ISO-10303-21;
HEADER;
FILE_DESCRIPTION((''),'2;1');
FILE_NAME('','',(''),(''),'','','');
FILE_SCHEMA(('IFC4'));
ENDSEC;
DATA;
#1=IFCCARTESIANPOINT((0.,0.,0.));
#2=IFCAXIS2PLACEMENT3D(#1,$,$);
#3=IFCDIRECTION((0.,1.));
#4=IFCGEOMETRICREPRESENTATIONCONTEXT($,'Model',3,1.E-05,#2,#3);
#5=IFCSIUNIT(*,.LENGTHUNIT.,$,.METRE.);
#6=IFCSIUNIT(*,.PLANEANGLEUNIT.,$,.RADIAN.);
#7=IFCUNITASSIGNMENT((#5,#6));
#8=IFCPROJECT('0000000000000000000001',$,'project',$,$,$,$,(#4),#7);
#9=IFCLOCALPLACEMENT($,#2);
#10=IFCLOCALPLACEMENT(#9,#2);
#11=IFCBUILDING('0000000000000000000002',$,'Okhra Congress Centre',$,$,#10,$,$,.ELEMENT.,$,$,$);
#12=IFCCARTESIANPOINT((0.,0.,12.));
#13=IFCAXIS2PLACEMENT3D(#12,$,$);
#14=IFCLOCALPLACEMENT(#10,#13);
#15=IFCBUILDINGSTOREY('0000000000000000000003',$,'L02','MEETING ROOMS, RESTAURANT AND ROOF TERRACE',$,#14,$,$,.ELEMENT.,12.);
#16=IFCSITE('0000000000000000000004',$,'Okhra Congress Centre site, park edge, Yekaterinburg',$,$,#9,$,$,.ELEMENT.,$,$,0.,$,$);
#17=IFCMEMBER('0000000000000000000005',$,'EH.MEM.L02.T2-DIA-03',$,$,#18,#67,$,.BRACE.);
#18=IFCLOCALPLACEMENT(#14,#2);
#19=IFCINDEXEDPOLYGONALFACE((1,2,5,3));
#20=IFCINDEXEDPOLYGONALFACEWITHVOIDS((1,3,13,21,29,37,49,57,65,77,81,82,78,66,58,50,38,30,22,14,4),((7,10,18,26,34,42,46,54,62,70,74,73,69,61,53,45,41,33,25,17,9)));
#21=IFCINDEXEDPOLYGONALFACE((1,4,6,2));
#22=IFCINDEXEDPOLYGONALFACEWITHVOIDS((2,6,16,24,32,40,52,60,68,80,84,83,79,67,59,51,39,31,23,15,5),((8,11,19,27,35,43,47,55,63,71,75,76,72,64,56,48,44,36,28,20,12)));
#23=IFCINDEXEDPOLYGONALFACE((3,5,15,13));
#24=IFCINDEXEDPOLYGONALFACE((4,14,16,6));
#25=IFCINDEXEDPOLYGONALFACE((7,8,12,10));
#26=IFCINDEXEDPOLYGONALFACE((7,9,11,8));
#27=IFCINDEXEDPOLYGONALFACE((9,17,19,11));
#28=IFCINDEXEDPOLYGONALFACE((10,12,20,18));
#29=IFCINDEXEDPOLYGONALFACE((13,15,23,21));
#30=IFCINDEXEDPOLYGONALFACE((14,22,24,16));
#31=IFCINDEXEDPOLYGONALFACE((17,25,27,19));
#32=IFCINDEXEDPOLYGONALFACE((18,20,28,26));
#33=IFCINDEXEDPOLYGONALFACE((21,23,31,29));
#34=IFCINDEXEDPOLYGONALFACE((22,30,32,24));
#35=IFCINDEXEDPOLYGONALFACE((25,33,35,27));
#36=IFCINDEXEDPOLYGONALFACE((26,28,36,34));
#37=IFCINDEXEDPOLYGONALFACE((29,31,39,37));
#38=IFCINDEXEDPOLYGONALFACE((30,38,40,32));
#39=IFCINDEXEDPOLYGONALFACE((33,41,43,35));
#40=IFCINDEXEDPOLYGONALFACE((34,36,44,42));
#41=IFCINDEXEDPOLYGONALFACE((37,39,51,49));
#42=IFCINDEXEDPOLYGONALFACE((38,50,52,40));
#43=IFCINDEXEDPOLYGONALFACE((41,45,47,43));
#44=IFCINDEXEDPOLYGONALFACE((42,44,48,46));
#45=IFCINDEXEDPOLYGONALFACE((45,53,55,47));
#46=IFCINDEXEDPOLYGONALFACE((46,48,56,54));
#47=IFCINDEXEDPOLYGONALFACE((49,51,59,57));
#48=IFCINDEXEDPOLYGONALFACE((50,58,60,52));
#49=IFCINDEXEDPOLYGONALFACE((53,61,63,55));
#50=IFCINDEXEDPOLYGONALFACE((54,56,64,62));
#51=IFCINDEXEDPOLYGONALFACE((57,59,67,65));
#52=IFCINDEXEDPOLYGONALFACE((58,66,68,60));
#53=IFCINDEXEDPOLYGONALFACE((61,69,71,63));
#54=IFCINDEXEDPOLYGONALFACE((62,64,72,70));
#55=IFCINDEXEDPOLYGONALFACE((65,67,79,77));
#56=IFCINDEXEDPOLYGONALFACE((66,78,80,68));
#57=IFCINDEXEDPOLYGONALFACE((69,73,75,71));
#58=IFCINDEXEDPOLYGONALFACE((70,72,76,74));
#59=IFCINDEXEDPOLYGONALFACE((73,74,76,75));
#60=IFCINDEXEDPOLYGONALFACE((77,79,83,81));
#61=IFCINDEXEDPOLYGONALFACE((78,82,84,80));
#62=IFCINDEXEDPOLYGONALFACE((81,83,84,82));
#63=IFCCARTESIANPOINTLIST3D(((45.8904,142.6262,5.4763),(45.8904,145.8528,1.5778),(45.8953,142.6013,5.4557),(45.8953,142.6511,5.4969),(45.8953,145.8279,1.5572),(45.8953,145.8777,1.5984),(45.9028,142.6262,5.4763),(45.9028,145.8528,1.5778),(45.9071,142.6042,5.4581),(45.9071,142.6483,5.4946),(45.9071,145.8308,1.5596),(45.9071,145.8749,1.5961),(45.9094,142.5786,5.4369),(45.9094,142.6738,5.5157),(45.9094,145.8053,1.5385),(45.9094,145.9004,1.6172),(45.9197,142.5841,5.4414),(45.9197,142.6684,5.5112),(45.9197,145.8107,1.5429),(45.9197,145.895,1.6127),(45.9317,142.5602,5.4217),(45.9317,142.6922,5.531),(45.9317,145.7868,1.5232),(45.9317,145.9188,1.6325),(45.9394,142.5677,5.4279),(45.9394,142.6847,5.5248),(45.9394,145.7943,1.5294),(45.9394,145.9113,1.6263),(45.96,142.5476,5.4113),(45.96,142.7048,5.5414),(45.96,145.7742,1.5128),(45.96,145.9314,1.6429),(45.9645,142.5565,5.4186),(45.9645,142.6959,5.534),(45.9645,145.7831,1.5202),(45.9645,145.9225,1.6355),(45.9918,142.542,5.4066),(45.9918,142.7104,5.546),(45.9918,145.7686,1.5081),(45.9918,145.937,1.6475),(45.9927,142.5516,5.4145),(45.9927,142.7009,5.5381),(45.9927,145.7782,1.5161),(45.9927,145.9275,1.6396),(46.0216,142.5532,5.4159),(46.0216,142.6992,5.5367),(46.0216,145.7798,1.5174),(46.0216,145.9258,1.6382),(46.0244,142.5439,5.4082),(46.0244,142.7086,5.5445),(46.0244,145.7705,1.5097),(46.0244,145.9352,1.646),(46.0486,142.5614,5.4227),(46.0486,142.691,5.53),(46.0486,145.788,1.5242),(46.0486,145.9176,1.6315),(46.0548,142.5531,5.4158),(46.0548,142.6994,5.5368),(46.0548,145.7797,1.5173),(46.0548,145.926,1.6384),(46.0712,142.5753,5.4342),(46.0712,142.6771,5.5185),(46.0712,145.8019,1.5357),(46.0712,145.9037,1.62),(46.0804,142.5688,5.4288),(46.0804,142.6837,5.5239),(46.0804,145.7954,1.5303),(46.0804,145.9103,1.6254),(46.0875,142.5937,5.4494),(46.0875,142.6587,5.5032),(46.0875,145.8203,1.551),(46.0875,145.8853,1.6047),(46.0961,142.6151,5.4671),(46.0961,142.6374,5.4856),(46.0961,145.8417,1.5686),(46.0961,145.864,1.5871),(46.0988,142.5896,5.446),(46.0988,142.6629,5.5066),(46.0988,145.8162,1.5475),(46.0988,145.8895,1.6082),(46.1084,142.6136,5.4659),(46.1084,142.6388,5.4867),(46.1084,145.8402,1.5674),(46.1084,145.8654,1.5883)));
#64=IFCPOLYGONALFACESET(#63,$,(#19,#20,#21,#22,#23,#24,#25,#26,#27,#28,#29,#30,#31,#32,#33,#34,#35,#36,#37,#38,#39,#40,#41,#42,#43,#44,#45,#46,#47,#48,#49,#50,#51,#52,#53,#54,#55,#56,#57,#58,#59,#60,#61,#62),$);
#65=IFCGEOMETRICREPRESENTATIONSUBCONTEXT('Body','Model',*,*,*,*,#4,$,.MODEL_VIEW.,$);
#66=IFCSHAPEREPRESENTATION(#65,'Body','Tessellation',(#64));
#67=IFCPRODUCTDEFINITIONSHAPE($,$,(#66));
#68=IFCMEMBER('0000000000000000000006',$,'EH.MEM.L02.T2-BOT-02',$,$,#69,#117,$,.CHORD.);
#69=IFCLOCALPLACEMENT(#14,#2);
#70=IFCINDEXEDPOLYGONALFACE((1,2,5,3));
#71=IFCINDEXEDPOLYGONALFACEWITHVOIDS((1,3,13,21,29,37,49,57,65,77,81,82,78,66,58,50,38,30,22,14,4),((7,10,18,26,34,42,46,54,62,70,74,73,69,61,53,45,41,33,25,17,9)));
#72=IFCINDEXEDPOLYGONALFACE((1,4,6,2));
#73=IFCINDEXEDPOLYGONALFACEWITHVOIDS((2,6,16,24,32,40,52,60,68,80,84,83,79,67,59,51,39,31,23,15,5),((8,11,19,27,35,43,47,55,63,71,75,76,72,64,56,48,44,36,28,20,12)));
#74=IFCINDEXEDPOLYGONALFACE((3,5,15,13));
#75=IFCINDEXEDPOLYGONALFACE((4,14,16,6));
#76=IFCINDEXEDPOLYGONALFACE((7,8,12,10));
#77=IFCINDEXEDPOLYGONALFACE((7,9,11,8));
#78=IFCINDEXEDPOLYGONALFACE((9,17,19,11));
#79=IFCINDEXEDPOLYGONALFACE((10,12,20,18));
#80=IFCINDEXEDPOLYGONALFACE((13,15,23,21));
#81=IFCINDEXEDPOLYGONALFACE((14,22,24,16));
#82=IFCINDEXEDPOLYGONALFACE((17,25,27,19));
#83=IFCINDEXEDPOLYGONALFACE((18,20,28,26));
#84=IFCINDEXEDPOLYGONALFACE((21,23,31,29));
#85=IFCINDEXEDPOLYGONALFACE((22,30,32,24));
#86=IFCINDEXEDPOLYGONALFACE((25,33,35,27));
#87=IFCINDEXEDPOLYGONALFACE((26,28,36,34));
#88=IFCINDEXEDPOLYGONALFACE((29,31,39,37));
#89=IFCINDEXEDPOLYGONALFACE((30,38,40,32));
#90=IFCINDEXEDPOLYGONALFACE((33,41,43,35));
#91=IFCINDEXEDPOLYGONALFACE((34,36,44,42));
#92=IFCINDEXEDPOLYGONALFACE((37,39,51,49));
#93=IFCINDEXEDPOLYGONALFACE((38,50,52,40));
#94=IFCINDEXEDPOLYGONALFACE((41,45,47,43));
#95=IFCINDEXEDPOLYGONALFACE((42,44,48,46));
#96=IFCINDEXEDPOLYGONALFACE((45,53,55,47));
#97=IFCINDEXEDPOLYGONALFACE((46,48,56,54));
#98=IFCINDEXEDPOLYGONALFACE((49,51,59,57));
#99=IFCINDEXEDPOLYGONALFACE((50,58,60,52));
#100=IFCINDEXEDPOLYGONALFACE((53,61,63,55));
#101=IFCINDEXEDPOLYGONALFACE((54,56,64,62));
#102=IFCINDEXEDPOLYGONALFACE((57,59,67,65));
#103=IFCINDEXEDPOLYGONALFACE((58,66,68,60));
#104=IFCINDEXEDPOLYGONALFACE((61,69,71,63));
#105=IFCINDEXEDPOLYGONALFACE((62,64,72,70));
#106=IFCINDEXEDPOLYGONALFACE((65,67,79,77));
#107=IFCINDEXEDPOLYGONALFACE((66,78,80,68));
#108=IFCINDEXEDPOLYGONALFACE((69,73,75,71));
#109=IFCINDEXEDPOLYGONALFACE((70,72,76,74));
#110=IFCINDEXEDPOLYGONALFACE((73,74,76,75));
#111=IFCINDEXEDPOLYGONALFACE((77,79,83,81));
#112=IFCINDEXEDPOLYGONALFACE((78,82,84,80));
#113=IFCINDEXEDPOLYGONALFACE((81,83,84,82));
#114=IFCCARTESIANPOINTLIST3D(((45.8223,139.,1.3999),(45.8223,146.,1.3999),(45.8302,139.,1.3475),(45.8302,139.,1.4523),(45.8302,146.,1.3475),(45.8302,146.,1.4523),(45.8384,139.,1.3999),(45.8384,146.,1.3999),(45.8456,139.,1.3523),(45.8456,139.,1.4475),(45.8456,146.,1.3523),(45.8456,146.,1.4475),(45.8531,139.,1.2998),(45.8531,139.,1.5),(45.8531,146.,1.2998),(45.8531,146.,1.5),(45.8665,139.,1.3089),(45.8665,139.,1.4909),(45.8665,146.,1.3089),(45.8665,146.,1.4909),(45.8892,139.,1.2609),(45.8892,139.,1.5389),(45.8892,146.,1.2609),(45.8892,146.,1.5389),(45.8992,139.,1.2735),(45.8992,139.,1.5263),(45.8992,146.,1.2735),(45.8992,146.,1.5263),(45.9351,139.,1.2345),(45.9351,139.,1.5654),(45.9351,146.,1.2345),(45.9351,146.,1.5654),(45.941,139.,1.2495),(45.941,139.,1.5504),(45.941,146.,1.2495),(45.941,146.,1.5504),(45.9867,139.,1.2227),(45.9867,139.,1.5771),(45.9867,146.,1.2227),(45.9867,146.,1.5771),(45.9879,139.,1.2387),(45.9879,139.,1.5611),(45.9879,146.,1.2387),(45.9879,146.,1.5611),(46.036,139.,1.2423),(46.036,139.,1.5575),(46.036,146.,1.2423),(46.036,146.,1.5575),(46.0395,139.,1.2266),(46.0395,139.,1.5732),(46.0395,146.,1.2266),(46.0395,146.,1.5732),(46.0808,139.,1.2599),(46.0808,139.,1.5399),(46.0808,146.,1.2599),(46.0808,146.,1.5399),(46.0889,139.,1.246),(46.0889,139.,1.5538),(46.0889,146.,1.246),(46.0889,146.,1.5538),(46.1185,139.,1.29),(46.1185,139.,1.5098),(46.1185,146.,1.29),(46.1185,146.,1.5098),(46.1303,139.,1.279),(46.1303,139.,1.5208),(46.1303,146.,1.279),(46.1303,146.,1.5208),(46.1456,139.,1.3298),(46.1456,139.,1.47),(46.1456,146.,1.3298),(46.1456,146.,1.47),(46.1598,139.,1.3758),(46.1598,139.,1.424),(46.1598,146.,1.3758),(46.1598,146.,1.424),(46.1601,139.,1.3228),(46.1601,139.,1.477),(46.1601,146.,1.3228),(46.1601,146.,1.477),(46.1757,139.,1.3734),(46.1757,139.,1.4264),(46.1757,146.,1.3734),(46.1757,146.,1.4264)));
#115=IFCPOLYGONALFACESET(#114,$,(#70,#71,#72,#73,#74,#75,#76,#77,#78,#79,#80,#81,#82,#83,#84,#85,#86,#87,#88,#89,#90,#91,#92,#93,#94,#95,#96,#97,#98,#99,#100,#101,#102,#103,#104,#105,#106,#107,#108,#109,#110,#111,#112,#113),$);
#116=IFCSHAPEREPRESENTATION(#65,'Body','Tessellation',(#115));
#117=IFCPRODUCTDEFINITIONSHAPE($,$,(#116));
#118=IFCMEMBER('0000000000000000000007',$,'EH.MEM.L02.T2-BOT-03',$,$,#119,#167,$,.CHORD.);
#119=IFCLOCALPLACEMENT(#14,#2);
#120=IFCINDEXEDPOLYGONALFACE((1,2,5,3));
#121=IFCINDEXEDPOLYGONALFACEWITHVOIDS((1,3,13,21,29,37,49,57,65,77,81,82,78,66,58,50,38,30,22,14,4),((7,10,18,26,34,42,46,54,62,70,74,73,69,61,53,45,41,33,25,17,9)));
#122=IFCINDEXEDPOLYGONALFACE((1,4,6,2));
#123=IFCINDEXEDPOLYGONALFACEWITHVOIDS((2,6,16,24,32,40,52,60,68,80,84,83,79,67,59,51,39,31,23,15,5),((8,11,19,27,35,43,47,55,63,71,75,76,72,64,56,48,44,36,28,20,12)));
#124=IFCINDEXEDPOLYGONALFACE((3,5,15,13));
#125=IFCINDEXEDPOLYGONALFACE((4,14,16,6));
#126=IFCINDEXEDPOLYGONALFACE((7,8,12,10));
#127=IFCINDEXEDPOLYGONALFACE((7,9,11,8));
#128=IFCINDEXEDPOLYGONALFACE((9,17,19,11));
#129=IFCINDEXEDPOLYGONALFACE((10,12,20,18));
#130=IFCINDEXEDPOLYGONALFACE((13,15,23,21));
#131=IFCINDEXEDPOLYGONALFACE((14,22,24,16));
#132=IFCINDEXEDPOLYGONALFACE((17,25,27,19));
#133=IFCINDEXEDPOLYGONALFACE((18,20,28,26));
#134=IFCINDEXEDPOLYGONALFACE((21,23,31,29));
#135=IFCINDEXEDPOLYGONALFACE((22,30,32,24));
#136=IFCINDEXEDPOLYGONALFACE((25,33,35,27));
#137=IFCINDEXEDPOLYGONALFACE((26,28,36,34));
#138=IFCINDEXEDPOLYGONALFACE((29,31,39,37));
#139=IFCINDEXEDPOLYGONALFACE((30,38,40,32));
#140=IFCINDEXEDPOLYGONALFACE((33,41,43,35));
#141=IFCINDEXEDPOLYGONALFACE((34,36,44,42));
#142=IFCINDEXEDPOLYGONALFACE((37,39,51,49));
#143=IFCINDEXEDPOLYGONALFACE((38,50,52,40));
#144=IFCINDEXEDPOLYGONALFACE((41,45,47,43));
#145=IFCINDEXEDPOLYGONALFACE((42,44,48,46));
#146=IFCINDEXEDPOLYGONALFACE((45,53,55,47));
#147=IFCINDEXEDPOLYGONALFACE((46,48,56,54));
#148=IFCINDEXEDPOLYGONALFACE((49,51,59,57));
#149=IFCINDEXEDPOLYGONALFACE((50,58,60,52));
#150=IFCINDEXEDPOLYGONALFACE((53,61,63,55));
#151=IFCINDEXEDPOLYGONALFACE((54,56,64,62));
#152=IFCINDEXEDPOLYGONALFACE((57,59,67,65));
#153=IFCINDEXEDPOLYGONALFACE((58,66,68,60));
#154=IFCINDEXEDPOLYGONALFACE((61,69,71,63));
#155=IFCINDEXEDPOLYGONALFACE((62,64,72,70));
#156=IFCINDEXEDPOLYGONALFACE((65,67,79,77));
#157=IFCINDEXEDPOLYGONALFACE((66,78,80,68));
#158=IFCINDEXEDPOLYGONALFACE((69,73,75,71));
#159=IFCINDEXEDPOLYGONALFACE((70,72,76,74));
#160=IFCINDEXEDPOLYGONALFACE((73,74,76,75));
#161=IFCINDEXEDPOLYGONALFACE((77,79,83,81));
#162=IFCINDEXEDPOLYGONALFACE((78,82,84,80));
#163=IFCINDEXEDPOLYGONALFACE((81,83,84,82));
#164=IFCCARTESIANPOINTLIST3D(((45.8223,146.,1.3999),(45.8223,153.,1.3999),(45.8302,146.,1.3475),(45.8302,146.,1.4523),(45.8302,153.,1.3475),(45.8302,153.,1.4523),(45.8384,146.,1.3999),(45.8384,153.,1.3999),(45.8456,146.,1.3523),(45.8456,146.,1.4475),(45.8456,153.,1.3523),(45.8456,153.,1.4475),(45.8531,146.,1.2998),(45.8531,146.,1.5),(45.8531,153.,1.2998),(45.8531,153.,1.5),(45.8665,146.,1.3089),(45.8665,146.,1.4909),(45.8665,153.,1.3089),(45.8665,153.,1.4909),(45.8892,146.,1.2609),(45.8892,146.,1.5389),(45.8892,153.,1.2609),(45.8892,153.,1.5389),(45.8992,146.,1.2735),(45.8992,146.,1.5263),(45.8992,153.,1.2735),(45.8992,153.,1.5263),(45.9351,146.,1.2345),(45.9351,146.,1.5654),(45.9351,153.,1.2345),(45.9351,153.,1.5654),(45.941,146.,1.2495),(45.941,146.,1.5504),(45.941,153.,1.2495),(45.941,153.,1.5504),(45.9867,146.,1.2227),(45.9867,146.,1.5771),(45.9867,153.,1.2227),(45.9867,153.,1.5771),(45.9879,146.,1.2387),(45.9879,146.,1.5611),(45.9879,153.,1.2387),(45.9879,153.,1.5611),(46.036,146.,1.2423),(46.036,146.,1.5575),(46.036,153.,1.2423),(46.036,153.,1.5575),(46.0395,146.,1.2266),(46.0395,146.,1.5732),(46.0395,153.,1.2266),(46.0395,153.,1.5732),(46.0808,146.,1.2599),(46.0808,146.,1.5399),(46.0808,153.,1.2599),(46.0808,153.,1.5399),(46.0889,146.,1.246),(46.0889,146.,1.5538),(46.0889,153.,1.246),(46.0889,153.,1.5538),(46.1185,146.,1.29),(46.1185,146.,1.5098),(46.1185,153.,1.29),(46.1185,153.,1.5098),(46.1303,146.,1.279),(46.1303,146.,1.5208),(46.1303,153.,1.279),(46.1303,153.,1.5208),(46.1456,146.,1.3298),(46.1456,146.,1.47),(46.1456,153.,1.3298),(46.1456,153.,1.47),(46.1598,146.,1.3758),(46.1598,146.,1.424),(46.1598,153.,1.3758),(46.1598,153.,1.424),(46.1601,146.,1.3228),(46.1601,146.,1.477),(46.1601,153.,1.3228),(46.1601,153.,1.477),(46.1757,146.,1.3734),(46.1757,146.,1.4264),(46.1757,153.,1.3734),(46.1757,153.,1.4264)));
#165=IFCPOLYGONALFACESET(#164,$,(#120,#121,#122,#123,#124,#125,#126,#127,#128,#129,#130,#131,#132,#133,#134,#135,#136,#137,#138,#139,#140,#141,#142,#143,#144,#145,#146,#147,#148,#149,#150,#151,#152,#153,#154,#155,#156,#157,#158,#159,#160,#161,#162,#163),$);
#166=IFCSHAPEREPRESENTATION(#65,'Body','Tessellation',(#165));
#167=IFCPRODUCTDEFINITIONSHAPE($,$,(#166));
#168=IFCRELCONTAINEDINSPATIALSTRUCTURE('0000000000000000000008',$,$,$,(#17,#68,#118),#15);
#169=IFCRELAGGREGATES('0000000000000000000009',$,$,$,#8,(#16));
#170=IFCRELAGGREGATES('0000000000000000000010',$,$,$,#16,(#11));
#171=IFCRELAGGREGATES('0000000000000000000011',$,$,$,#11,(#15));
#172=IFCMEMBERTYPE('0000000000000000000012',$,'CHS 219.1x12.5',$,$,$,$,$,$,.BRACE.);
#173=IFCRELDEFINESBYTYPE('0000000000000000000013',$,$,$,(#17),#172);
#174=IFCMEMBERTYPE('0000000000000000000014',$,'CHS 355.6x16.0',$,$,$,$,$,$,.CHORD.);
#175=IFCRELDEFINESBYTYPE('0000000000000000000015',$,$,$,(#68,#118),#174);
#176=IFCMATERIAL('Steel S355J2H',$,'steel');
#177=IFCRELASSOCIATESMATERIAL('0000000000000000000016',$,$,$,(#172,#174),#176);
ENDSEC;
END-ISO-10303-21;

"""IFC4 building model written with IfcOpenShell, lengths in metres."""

from ifc_helpers import new_model, si_unit, direction, frame, origin, origin_2d, place, context, subcontext, project, spatial, hollow_circle, extrude, material, material_profile, profile_set, type_object, element, save


model = new_model("IFC4")

# Units and contexts
model_context = context("Model", 3, precision=1e-05, world=origin(), true_north=direction((0.0, 1.0)))
body_context = subcontext(model_context, "Body", "Model", "MODEL_VIEW")
ifc_project = project(units=[si_unit("LENGTHUNIT", "METRE"), si_unit("PLANEANGLEUNIT", "RADIAN")], contexts=[model_context])

# Site, building, storey
site_placement = place(None, origin())
site = spatial("IfcSite", under=ifc_project, at=site_placement, Name="Okhra Congress Centre site, park edge, Yekaterinburg", CompositionType="ELEMENT", RefElevation=0.0)
building_placement = place(site_placement, origin())
building = spatial("IfcBuilding", under=site, at=building_placement, Name="Okhra Congress Centre", CompositionType="ELEMENT")
storey_placement = place(building_placement, frame((0.0, 0.0, 12.0)))
storey = spatial("IfcBuildingStorey", under=building, at=storey_placement, Name="L02", Description="MEETING ROOMS, RESTAURANT AND ROOF TERRACE", CompositionType="ELEMENT", Elevation=12.0)

# Members
ifc_material_1 = material(Name="Steel S355J2H", Category="steel")
ifc_material_profile_1 = material_profile(ifc_material_1, hollow_circle(Radius=0.1096, WallThickness=0.0125, at=origin_2d()), Name="CHS 219.1x12.5")
ifc_profile_set_1 = profile_set([ifc_material_profile_1], Name="Steel S355J2H")
member_type_1 = type_object("IfcMemberType", Name="CHS 219.1x12.5", PredefinedType="BRACE", material=ifc_profile_set_1)
member_1_placement = place(storey_placement, frame((46.0, 142.6262, 5.4763), z_axis=(0.0, 0.637599, -0.770368), x_axis=(-1.0, 0.0, 0.0)))
element("IfcMember", 1, at=member_1_placement, inside=storey, type_object=member_type_1, Name="EH.MEM.L02.T2-DIA-03", PredefinedType="BRACE", context=body_context, shape_type="SweptSolid", body=[
    extrude(hollow_circle(Radius=0.1096, WallThickness=0.0125, at=origin_2d()), origin(), (0.0, 0.0, 1.0), 5.0605),
])
ifc_material_profile_2 = material_profile(ifc_material_1, hollow_circle(Radius=0.1777, WallThickness=0.0161, at=origin_2d()), Name="CHS 355.6x16.0")
ifc_profile_set_2 = profile_set([ifc_material_profile_2], Name="Steel S355J2H")
member_type_2 = type_object("IfcMemberType", Name="CHS 355.6x16.0", PredefinedType="CHORD", material=ifc_profile_set_2)
for number, where, z_axis, x_axis, name in (
    (2, (46.0, 139.0, 1.3999), (0.0, 1.0, 0.0), (-1.0, 0.0, 0.0), "EH.MEM.L02.T2-BOT-02"),
    (3, (46.0, 146.0, 1.3999), (0.0, 1.0, 0.0), (-1.0, 0.0, 0.0), "EH.MEM.L02.T2-BOT-03"),
):
    element("IfcMember", number, at=place(storey_placement, frame(where, z_axis=z_axis, x_axis=x_axis)), inside=storey, type_object=member_type_2, Name=name, PredefinedType="CHORD", context=body_context, shape_type="SweptSolid", body=[
        extrude(hollow_circle(Radius=0.1777, WallThickness=0.0161, at=origin_2d()), origin(), (0.0, 0.0, 1.0), 7.0),
    ])

save(model, "model.ifc")
